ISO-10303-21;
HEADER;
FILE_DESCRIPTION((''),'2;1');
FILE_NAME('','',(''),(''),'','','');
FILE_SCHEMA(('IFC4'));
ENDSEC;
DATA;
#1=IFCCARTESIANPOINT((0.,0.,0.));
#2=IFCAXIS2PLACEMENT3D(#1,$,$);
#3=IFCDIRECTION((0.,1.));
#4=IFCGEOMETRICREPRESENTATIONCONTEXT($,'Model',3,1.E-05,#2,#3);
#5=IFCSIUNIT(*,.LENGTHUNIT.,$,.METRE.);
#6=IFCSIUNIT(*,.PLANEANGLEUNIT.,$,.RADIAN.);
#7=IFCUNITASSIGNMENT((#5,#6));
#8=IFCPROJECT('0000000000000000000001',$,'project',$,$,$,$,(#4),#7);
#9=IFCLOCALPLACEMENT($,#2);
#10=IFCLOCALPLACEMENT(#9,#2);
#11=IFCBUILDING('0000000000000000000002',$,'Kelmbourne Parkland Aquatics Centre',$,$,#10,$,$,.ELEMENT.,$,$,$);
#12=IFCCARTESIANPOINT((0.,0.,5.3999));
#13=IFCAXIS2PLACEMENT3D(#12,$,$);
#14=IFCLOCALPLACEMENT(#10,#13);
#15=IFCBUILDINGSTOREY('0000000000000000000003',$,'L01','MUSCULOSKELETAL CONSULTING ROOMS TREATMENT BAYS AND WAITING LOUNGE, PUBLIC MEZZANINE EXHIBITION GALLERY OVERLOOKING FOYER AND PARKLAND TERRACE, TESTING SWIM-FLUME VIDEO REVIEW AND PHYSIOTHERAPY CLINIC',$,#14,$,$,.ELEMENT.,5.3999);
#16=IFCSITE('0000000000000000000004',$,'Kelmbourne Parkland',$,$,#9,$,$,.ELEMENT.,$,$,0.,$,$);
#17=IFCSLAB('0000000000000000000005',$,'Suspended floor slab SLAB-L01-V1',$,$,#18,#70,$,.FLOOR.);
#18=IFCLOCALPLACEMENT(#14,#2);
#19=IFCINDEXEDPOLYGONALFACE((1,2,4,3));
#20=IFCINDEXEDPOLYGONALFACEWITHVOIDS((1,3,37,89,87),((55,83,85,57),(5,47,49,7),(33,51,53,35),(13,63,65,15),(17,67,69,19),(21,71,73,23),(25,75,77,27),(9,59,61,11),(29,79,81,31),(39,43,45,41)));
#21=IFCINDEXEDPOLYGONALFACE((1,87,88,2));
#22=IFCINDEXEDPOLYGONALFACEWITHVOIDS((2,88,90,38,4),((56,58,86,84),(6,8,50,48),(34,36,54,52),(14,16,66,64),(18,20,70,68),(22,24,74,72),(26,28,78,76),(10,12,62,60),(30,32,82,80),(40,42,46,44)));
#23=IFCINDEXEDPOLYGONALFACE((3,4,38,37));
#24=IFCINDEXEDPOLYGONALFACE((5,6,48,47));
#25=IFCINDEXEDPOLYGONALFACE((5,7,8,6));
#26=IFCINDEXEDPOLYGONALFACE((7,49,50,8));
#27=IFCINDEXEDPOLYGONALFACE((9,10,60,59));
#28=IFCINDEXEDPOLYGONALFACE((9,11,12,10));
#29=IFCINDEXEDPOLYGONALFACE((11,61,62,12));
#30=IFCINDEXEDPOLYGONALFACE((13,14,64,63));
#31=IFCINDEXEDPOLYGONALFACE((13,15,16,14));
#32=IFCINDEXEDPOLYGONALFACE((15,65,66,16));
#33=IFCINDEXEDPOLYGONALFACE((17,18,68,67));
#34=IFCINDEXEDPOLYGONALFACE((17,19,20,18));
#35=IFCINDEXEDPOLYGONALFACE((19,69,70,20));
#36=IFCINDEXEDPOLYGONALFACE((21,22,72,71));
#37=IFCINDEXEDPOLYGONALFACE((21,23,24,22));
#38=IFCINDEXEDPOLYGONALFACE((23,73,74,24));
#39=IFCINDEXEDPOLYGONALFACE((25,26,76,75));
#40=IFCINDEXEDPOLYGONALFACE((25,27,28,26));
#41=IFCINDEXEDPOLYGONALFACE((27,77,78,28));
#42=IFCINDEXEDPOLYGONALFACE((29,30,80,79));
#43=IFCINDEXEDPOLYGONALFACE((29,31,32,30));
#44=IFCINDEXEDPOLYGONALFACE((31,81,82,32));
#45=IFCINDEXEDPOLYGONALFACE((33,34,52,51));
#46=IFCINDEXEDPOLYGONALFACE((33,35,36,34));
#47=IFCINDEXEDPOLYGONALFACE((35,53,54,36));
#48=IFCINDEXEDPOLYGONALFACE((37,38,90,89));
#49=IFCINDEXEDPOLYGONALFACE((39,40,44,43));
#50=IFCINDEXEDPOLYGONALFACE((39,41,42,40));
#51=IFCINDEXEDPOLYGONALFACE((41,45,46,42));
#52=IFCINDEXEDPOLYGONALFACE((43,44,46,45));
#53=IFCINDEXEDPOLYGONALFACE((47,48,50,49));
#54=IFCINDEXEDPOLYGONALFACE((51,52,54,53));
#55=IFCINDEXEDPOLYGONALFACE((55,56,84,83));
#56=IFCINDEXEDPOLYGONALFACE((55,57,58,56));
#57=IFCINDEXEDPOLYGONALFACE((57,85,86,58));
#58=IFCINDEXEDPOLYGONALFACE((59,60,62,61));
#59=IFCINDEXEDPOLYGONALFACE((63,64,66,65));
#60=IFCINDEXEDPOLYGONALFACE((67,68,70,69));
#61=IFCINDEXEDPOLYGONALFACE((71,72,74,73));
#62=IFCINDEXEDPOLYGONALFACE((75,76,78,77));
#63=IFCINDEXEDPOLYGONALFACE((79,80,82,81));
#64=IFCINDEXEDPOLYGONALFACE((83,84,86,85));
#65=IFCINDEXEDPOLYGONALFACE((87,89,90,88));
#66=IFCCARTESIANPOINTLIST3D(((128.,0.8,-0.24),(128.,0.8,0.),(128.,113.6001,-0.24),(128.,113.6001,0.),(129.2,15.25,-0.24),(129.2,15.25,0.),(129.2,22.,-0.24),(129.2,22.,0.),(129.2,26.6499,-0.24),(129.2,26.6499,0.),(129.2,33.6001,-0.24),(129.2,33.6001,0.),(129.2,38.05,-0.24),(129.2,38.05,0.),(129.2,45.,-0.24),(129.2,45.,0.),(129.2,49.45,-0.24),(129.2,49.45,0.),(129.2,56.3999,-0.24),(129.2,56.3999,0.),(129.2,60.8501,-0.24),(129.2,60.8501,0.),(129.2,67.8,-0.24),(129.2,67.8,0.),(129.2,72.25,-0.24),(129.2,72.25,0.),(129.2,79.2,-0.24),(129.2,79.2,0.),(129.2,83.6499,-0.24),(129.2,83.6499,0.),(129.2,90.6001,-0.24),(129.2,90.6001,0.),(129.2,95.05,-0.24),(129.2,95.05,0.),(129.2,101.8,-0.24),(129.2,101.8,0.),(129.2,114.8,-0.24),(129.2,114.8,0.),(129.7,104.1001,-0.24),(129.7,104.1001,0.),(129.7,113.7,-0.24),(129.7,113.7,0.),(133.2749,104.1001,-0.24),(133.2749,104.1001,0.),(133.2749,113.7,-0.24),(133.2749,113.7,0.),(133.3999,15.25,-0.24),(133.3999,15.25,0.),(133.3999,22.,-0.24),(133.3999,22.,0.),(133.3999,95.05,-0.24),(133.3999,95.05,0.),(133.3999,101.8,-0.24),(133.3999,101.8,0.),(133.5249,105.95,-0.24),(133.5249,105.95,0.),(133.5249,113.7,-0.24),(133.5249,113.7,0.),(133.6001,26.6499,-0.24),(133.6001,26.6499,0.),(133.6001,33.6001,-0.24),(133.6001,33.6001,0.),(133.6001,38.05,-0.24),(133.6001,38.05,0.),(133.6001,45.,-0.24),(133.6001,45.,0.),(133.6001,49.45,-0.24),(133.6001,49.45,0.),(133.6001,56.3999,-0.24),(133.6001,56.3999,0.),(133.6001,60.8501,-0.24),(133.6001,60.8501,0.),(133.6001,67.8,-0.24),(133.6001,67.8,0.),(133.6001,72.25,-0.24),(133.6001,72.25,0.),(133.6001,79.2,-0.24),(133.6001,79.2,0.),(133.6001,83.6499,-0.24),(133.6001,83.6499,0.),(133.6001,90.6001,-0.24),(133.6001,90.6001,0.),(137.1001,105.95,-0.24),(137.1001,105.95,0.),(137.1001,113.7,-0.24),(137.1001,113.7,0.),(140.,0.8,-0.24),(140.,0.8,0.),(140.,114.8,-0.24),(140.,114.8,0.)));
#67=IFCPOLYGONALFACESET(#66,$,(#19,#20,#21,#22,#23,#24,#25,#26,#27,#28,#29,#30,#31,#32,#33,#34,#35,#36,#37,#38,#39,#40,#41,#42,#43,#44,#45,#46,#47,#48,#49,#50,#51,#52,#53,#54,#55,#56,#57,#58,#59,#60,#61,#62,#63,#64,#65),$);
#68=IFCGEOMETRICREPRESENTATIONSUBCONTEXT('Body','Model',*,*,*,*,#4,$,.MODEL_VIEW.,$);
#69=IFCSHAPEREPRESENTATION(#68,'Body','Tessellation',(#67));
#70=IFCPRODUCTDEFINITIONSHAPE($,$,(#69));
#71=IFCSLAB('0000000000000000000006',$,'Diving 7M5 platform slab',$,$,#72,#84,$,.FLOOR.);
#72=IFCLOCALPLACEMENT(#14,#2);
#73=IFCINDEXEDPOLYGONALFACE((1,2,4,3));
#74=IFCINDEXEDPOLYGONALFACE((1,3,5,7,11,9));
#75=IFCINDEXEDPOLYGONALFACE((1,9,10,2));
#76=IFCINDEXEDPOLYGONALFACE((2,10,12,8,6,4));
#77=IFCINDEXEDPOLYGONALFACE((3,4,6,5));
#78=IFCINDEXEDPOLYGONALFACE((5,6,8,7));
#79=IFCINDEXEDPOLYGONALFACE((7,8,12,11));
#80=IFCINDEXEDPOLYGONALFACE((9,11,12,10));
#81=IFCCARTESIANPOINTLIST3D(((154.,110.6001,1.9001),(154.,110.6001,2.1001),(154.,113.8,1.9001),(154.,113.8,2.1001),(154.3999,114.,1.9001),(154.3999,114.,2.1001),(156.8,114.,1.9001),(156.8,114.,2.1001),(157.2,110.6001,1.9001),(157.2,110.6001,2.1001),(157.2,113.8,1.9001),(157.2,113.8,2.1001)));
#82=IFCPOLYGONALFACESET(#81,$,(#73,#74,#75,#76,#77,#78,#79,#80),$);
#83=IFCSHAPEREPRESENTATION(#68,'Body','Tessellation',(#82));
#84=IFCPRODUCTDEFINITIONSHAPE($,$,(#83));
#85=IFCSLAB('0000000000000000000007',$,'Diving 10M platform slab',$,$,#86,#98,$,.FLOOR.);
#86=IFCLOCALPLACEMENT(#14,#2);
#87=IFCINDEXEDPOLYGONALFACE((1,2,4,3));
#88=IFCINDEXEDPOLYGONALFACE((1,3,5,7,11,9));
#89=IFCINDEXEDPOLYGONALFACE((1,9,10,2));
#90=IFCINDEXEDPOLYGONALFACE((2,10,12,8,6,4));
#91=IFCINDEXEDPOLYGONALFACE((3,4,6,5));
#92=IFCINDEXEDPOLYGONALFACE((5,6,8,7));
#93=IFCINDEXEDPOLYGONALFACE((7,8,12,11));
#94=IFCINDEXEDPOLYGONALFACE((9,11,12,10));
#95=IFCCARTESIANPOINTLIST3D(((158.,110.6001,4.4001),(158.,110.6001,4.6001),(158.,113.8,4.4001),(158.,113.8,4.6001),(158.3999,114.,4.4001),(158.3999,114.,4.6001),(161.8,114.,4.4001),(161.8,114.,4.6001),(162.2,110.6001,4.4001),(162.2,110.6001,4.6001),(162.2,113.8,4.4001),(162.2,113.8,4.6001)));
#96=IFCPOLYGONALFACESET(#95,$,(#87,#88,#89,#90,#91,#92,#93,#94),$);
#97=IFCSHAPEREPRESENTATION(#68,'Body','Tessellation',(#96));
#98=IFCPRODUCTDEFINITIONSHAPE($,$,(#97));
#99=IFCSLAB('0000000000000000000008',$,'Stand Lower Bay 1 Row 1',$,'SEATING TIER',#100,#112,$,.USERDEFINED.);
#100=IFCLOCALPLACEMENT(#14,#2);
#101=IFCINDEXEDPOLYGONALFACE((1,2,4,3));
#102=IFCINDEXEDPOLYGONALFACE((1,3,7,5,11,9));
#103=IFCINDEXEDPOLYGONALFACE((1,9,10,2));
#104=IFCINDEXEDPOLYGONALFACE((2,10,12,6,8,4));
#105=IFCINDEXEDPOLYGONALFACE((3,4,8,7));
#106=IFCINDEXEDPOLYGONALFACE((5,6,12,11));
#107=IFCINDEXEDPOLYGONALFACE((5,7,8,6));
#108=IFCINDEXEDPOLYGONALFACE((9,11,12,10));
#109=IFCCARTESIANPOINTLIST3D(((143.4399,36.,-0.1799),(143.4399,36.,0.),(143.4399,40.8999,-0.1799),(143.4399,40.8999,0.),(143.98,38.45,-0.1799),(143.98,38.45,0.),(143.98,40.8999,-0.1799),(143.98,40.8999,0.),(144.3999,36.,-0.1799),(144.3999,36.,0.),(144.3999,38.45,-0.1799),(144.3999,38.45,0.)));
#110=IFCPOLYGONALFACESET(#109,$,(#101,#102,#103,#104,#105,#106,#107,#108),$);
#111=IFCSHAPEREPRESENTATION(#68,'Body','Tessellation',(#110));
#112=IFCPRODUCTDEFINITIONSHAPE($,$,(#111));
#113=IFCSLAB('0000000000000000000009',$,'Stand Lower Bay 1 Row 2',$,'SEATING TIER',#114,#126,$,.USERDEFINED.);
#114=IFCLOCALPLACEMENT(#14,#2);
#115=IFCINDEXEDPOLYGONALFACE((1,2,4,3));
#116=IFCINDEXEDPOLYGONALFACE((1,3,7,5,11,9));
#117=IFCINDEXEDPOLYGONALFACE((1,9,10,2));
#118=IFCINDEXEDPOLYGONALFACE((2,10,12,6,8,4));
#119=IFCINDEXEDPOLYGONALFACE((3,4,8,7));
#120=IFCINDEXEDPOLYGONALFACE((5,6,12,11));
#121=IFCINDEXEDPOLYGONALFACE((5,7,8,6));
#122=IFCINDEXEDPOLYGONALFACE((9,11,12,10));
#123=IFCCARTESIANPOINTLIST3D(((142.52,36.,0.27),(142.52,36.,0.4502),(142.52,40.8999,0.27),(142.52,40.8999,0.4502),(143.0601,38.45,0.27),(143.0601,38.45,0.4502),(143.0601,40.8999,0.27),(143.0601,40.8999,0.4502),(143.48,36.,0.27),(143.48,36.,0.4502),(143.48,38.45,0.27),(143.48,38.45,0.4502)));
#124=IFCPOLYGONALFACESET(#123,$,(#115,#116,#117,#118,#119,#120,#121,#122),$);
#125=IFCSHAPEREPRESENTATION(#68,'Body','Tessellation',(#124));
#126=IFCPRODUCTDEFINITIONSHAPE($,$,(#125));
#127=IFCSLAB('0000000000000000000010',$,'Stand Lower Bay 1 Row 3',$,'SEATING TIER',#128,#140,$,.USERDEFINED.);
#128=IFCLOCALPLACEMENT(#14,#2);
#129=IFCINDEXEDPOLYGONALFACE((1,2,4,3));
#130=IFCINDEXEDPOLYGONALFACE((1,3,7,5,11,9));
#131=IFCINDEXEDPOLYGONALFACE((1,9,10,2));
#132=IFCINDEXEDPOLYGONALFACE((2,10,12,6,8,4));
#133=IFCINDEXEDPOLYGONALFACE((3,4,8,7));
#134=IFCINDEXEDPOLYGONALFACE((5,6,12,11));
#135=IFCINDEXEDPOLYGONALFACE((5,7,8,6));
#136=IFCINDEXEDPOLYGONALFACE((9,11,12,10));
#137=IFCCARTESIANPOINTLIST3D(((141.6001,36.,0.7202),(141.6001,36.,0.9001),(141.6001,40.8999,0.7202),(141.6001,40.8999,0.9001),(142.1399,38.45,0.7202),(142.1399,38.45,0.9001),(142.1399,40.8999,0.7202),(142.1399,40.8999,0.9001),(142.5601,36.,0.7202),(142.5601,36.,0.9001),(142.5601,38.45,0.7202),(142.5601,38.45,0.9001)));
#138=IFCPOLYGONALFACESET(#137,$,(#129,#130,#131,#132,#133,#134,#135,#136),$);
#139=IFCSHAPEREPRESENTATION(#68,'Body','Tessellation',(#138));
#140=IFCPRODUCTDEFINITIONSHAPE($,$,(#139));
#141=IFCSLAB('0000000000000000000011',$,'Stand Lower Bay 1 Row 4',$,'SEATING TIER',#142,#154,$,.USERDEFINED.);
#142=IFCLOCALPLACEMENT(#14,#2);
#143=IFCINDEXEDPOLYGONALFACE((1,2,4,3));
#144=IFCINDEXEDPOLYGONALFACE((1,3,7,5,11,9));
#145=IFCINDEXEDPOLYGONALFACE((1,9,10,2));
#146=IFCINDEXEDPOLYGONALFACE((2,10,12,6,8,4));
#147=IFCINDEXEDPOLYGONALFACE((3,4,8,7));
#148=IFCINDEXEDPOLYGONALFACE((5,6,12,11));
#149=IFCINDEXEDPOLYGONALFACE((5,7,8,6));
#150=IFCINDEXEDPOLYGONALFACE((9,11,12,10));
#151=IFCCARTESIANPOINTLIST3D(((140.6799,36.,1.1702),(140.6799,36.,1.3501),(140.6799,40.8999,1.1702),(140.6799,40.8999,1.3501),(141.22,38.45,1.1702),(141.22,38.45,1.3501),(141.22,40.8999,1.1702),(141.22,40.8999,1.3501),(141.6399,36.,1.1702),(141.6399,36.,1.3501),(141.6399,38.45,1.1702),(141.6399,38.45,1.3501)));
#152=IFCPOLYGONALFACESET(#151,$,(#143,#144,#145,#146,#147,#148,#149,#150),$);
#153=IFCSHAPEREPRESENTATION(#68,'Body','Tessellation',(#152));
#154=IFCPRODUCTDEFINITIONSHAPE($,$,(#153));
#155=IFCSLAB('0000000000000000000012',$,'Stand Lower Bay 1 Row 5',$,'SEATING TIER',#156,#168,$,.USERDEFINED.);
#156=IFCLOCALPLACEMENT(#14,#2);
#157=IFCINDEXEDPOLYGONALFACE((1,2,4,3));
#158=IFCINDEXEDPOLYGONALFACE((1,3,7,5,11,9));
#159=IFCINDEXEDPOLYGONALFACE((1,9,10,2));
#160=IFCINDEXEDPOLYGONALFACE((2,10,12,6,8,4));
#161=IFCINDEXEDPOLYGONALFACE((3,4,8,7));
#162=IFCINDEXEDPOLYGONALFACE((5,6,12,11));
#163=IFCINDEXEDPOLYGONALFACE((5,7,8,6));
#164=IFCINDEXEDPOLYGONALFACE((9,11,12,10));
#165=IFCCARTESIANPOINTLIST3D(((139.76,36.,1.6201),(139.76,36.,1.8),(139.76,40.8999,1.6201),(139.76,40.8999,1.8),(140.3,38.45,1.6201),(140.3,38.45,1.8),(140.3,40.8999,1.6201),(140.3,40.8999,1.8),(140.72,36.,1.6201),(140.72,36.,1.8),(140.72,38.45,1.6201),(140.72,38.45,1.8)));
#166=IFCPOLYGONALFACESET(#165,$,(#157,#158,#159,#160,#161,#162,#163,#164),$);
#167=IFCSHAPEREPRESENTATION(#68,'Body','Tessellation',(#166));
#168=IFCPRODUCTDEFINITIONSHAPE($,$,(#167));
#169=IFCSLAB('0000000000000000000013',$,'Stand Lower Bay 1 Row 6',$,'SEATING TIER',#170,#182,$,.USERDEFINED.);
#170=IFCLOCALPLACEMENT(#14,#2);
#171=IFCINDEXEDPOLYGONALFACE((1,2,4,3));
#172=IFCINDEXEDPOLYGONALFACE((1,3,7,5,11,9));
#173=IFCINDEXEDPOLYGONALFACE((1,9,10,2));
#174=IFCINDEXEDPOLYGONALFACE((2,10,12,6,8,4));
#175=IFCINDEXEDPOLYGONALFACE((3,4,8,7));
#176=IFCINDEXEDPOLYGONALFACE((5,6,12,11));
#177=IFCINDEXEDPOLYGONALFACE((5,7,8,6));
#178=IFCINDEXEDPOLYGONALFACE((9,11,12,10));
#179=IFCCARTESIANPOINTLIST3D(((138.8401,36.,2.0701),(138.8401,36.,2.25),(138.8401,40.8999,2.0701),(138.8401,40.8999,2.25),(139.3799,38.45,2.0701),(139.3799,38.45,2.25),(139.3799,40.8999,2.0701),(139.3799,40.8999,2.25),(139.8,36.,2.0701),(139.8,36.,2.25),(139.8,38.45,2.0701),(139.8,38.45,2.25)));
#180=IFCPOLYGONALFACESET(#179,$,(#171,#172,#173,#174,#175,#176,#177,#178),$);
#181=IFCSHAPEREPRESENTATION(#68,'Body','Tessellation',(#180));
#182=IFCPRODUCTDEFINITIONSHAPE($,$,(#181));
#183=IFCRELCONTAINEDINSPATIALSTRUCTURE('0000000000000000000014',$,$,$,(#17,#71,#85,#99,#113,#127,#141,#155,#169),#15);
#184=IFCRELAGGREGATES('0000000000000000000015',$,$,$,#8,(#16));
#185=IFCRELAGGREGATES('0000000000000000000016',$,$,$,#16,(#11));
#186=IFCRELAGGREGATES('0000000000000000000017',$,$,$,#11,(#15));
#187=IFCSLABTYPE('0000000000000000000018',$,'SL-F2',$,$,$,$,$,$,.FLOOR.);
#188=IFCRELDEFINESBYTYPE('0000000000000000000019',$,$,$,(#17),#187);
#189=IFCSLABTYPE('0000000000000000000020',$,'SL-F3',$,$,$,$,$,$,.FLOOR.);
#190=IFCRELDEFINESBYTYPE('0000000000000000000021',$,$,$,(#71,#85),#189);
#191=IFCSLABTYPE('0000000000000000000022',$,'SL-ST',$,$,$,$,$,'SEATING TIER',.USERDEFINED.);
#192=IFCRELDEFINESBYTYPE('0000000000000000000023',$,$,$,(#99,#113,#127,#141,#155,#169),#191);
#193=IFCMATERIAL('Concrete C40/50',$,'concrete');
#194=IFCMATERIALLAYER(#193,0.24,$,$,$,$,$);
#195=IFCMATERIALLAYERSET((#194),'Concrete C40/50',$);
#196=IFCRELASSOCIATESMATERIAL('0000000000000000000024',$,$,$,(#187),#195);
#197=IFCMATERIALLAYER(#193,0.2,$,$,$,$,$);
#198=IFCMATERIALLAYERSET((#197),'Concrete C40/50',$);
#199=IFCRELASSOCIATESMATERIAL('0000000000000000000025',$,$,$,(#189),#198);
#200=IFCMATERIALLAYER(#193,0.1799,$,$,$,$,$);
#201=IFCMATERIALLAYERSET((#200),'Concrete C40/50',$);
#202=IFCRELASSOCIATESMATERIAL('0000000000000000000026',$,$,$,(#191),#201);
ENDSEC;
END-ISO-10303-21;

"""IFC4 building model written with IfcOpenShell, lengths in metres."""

from ifc_helpers import new_model, si_unit, direction, frame, origin, place, context, subcontext, project, spatial, polyline, outline, extrude, material, layer, layer_set, type_object, element, save


model = new_model("IFC4")

# Units and contexts
model_context = context("Model", 3, precision=1e-05, world=origin(), true_north=direction((0.0, 1.0)))
body_context = subcontext(model_context, "Body", "Model", "MODEL_VIEW")
ifc_project = project(units=[si_unit("LENGTHUNIT", "METRE"), si_unit("PLANEANGLEUNIT", "RADIAN")], contexts=[model_context])

# Site, building, storey
site_placement = place(None, origin())
site = spatial("IfcSite", under=ifc_project, at=site_placement, Name="Kelmbourne Parkland", CompositionType="ELEMENT", RefElevation=0.0)
building_placement = place(site_placement, origin())
building = spatial("IfcBuilding", under=site, at=building_placement, Name="Kelmbourne Parkland Aquatics Centre", CompositionType="ELEMENT")
storey_placement = place(building_placement, frame((0.0, 0.0, 5.3999)))
storey = spatial("IfcBuildingStorey", under=building, at=storey_placement, Name="L01", Description="MUSCULOSKELETAL CONSULTING ROOMS TREATMENT BAYS AND WAITING LOUNGE, PUBLIC MEZZANINE EXHIBITION GALLERY OVERLOOKING FOYER AND PARKLAND TERRACE, TESTING SWIM-FLUME VIDEO REVIEW AND PHYSIOTHERAPY CLINIC", CompositionType="ELEMENT", Elevation=5.3999)

# Slabs
ifc_material_1 = material(Name="Concrete C40/50", Category="concrete")
ifc_layer_1 = layer(ifc_material_1, 0.24)
ifc_layer_set_1 = layer_set([ifc_layer_1], Name="Concrete C40/50")
slab_type_1 = type_object("IfcSlabType", Name="SL-F2", PredefinedType="FLOOR", material=ifc_layer_set_1)
slab_1_placement = place(storey_placement, frame((0.0, 0.0, -0.24)))
element("IfcSlab", 1, at=slab_1_placement, inside=storey, type_object=slab_type_1, Name="Suspended floor slab SLAB-L01-V1", PredefinedType="FLOOR", context=body_context, shape_type="SweptSolid", body=[
    extrude(outline(polyline([(128.0, 0.8), (140.0, 0.8), (140.0, 114.8), (129.2, 114.8), (128.0, 113.6001), (128.0, 0.8)]), holes=[polyline([(133.3999, 22.0), (133.3999, 15.25), (129.2, 15.25), (129.2, 22.0), (133.3999, 22.0)]), polyline([(133.6001, 33.6001), (133.6001, 26.6499), (129.2, 26.6499), (129.2, 33.6001), (133.6001, 33.6001)]), polyline([(133.6001, 45.0), (133.6001, 38.05), (129.2, 38.05), (129.2, 45.0), (133.6001, 45.0)]), polyline([(133.6001, 49.45), (129.2, 49.45), (129.2, 56.3999), (133.6001, 56.3999), (133.6001, 49.45)]), polyline([(133.6001, 60.8501), (129.2, 60.8501), (129.2, 67.8), (133.6001, 67.8), (133.6001, 60.8501)]), polyline([(133.6001, 79.2), (133.6001, 72.25), (129.2, 72.25), (129.2, 79.2), (133.6001, 79.2)]), polyline([(133.6001, 90.6001), (133.6001, 83.6499), (129.2, 83.6499), (129.2, 90.6001), (133.6001, 90.6001)]), polyline([(133.3999, 101.8), (133.3999, 95.05), (129.2, 95.05), (129.2, 101.8), (133.3999, 101.8)]), polyline([(133.2749, 104.1001), (129.7, 104.1001), (129.7, 113.7), (133.2749, 113.7), (133.2749, 104.1001)]), polyline([(137.1001, 105.95), (133.5249, 105.95), (133.5249, 113.7), (137.1001, 113.7), (137.1001, 105.95)])]), origin(), (0.0, 0.0, 1.0), 0.24),
])
ifc_layer_2 = layer(ifc_material_1, 0.2)
ifc_layer_set_2 = layer_set([ifc_layer_2], Name="Concrete C40/50")
slab_type_2 = type_object("IfcSlabType", Name="SL-F3", PredefinedType="FLOOR", material=ifc_layer_set_2)
slab_2_placement = place(storey_placement, frame((0.0, 0.0, 1.9001)))
element("IfcSlab", 2, at=slab_2_placement, inside=storey, type_object=slab_type_2, Name="Diving 7M5 platform slab", PredefinedType="FLOOR", context=body_context, shape_type="SweptSolid", body=[
    extrude(outline(polyline([(154.0, 110.6001), (157.2, 110.6001), (157.2, 113.8), (156.8, 114.0), (154.3999, 114.0), (154.0, 113.8), (154.0, 110.6001)])), origin(), (0.0, 0.0, 1.0), 0.2),
])
slab_3_placement = place(storey_placement, frame((0.0, 0.0, 4.4001)))
element("IfcSlab", 3, at=slab_3_placement, inside=storey, type_object=slab_type_2, Name="Diving 10M platform slab", PredefinedType="FLOOR", context=body_context, shape_type="SweptSolid", body=[
    extrude(outline(polyline([(158.0, 110.6001), (162.2, 110.6001), (162.2, 113.8), (161.8, 114.0), (158.3999, 114.0), (158.0, 113.8), (158.0, 110.6001)])), origin(), (0.0, 0.0, 1.0), 0.2),
])
ifc_layer_3 = layer(ifc_material_1, 0.1799)
ifc_layer_set_3 = layer_set([ifc_layer_3], Name="Concrete C40/50")
slab_type_3 = type_object("IfcSlabType", Name="SL-ST", ElementType="SEATING TIER", PredefinedType="USERDEFINED", material=ifc_layer_set_3)
slab_4_placement = place(storey_placement, frame((0.0, 0.0, -0.1799)))
element("IfcSlab", 4, at=slab_4_placement, inside=storey, type_object=slab_type_3, Name="Stand Lower Bay 1 Row 1", ObjectType="SEATING TIER", PredefinedType="USERDEFINED", context=body_context, shape_type="SweptSolid", body=[
    extrude(outline(polyline([(143.4399, 36.0), (144.3999, 36.0), (144.3999, 38.45), (143.98, 38.45), (143.98, 40.8999), (143.4399, 40.8999), (143.4399, 36.0)])), origin(), (0.0, 0.0, 1.0), 0.1799),
])
slab_5_placement = place(storey_placement, frame((0.0, 0.0, 0.27)))
element("IfcSlab", 5, at=slab_5_placement, inside=storey, type_object=slab_type_3, Name="Stand Lower Bay 1 Row 2", ObjectType="SEATING TIER", PredefinedType="USERDEFINED", context=body_context, shape_type="SweptSolid", body=[
    extrude(outline(polyline([(142.52, 36.0), (143.48, 36.0), (143.48, 38.45), (143.0601, 38.45), (143.0601, 40.8999), (142.52, 40.8999), (142.52, 36.0)])), origin(), (0.0, 0.0, 1.0), 0.1802),
])
slab_6_placement = place(storey_placement, frame((0.0, 0.0, 0.7202)))
element("IfcSlab", 6, at=slab_6_placement, inside=storey, type_object=slab_type_3, Name="Stand Lower Bay 1 Row 3", ObjectType="SEATING TIER", PredefinedType="USERDEFINED", context=body_context, shape_type="SweptSolid", body=[
    extrude(outline(polyline([(141.6001, 36.0), (142.5601, 36.0), (142.5601, 38.45), (142.1399, 38.45), (142.1399, 40.8999), (141.6001, 40.8999), (141.6001, 36.0)])), origin(), (0.0, 0.0, 1.0), 0.1799),
])
slab_7_placement = place(storey_placement, frame((0.0, 0.0, 1.1702)))
element("IfcSlab", 7, at=slab_7_placement, inside=storey, type_object=slab_type_3, Name="Stand Lower Bay 1 Row 4", ObjectType="SEATING TIER", PredefinedType="USERDEFINED", context=body_context, shape_type="SweptSolid", body=[
    extrude(outline(polyline([(140.6799, 36.0), (141.6399, 36.0), (141.6399, 38.45), (141.22, 38.45), (141.22, 40.8999), (140.6799, 40.8999), (140.6799, 36.0)])), origin(), (0.0, 0.0, 1.0), 0.1799),
])
slab_8_placement = place(storey_placement, frame((0.0, 0.0, 1.6201)))
element("IfcSlab", 8, at=slab_8_placement, inside=storey, type_object=slab_type_3, Name="Stand Lower Bay 1 Row 5", ObjectType="SEATING TIER", PredefinedType="USERDEFINED", context=body_context, shape_type="SweptSolid", body=[
    extrude(outline(polyline([(139.76, 36.0), (140.72, 36.0), (140.72, 38.45), (140.3, 38.45), (140.3, 40.8999), (139.76, 40.8999), (139.76, 36.0)])), origin(), (0.0, 0.0, 1.0), 0.1799),
])
slab_9_placement = place(storey_placement, frame((0.0, 0.0, 2.0701)))
element("IfcSlab", 9, at=slab_9_placement, inside=storey, type_object=slab_type_3, Name="Stand Lower Bay 1 Row 6", ObjectType="SEATING TIER", PredefinedType="USERDEFINED", context=body_context, shape_type="SweptSolid", body=[
    extrude(outline(polyline([(138.8401, 36.0), (139.8, 36.0), (139.8, 38.45), (139.3799, 38.45), (139.3799, 40.8999), (138.8401, 40.8999), (138.8401, 36.0)])), origin(), (0.0, 0.0, 1.0), 0.1799),
])

save(model, "model.ifc")
